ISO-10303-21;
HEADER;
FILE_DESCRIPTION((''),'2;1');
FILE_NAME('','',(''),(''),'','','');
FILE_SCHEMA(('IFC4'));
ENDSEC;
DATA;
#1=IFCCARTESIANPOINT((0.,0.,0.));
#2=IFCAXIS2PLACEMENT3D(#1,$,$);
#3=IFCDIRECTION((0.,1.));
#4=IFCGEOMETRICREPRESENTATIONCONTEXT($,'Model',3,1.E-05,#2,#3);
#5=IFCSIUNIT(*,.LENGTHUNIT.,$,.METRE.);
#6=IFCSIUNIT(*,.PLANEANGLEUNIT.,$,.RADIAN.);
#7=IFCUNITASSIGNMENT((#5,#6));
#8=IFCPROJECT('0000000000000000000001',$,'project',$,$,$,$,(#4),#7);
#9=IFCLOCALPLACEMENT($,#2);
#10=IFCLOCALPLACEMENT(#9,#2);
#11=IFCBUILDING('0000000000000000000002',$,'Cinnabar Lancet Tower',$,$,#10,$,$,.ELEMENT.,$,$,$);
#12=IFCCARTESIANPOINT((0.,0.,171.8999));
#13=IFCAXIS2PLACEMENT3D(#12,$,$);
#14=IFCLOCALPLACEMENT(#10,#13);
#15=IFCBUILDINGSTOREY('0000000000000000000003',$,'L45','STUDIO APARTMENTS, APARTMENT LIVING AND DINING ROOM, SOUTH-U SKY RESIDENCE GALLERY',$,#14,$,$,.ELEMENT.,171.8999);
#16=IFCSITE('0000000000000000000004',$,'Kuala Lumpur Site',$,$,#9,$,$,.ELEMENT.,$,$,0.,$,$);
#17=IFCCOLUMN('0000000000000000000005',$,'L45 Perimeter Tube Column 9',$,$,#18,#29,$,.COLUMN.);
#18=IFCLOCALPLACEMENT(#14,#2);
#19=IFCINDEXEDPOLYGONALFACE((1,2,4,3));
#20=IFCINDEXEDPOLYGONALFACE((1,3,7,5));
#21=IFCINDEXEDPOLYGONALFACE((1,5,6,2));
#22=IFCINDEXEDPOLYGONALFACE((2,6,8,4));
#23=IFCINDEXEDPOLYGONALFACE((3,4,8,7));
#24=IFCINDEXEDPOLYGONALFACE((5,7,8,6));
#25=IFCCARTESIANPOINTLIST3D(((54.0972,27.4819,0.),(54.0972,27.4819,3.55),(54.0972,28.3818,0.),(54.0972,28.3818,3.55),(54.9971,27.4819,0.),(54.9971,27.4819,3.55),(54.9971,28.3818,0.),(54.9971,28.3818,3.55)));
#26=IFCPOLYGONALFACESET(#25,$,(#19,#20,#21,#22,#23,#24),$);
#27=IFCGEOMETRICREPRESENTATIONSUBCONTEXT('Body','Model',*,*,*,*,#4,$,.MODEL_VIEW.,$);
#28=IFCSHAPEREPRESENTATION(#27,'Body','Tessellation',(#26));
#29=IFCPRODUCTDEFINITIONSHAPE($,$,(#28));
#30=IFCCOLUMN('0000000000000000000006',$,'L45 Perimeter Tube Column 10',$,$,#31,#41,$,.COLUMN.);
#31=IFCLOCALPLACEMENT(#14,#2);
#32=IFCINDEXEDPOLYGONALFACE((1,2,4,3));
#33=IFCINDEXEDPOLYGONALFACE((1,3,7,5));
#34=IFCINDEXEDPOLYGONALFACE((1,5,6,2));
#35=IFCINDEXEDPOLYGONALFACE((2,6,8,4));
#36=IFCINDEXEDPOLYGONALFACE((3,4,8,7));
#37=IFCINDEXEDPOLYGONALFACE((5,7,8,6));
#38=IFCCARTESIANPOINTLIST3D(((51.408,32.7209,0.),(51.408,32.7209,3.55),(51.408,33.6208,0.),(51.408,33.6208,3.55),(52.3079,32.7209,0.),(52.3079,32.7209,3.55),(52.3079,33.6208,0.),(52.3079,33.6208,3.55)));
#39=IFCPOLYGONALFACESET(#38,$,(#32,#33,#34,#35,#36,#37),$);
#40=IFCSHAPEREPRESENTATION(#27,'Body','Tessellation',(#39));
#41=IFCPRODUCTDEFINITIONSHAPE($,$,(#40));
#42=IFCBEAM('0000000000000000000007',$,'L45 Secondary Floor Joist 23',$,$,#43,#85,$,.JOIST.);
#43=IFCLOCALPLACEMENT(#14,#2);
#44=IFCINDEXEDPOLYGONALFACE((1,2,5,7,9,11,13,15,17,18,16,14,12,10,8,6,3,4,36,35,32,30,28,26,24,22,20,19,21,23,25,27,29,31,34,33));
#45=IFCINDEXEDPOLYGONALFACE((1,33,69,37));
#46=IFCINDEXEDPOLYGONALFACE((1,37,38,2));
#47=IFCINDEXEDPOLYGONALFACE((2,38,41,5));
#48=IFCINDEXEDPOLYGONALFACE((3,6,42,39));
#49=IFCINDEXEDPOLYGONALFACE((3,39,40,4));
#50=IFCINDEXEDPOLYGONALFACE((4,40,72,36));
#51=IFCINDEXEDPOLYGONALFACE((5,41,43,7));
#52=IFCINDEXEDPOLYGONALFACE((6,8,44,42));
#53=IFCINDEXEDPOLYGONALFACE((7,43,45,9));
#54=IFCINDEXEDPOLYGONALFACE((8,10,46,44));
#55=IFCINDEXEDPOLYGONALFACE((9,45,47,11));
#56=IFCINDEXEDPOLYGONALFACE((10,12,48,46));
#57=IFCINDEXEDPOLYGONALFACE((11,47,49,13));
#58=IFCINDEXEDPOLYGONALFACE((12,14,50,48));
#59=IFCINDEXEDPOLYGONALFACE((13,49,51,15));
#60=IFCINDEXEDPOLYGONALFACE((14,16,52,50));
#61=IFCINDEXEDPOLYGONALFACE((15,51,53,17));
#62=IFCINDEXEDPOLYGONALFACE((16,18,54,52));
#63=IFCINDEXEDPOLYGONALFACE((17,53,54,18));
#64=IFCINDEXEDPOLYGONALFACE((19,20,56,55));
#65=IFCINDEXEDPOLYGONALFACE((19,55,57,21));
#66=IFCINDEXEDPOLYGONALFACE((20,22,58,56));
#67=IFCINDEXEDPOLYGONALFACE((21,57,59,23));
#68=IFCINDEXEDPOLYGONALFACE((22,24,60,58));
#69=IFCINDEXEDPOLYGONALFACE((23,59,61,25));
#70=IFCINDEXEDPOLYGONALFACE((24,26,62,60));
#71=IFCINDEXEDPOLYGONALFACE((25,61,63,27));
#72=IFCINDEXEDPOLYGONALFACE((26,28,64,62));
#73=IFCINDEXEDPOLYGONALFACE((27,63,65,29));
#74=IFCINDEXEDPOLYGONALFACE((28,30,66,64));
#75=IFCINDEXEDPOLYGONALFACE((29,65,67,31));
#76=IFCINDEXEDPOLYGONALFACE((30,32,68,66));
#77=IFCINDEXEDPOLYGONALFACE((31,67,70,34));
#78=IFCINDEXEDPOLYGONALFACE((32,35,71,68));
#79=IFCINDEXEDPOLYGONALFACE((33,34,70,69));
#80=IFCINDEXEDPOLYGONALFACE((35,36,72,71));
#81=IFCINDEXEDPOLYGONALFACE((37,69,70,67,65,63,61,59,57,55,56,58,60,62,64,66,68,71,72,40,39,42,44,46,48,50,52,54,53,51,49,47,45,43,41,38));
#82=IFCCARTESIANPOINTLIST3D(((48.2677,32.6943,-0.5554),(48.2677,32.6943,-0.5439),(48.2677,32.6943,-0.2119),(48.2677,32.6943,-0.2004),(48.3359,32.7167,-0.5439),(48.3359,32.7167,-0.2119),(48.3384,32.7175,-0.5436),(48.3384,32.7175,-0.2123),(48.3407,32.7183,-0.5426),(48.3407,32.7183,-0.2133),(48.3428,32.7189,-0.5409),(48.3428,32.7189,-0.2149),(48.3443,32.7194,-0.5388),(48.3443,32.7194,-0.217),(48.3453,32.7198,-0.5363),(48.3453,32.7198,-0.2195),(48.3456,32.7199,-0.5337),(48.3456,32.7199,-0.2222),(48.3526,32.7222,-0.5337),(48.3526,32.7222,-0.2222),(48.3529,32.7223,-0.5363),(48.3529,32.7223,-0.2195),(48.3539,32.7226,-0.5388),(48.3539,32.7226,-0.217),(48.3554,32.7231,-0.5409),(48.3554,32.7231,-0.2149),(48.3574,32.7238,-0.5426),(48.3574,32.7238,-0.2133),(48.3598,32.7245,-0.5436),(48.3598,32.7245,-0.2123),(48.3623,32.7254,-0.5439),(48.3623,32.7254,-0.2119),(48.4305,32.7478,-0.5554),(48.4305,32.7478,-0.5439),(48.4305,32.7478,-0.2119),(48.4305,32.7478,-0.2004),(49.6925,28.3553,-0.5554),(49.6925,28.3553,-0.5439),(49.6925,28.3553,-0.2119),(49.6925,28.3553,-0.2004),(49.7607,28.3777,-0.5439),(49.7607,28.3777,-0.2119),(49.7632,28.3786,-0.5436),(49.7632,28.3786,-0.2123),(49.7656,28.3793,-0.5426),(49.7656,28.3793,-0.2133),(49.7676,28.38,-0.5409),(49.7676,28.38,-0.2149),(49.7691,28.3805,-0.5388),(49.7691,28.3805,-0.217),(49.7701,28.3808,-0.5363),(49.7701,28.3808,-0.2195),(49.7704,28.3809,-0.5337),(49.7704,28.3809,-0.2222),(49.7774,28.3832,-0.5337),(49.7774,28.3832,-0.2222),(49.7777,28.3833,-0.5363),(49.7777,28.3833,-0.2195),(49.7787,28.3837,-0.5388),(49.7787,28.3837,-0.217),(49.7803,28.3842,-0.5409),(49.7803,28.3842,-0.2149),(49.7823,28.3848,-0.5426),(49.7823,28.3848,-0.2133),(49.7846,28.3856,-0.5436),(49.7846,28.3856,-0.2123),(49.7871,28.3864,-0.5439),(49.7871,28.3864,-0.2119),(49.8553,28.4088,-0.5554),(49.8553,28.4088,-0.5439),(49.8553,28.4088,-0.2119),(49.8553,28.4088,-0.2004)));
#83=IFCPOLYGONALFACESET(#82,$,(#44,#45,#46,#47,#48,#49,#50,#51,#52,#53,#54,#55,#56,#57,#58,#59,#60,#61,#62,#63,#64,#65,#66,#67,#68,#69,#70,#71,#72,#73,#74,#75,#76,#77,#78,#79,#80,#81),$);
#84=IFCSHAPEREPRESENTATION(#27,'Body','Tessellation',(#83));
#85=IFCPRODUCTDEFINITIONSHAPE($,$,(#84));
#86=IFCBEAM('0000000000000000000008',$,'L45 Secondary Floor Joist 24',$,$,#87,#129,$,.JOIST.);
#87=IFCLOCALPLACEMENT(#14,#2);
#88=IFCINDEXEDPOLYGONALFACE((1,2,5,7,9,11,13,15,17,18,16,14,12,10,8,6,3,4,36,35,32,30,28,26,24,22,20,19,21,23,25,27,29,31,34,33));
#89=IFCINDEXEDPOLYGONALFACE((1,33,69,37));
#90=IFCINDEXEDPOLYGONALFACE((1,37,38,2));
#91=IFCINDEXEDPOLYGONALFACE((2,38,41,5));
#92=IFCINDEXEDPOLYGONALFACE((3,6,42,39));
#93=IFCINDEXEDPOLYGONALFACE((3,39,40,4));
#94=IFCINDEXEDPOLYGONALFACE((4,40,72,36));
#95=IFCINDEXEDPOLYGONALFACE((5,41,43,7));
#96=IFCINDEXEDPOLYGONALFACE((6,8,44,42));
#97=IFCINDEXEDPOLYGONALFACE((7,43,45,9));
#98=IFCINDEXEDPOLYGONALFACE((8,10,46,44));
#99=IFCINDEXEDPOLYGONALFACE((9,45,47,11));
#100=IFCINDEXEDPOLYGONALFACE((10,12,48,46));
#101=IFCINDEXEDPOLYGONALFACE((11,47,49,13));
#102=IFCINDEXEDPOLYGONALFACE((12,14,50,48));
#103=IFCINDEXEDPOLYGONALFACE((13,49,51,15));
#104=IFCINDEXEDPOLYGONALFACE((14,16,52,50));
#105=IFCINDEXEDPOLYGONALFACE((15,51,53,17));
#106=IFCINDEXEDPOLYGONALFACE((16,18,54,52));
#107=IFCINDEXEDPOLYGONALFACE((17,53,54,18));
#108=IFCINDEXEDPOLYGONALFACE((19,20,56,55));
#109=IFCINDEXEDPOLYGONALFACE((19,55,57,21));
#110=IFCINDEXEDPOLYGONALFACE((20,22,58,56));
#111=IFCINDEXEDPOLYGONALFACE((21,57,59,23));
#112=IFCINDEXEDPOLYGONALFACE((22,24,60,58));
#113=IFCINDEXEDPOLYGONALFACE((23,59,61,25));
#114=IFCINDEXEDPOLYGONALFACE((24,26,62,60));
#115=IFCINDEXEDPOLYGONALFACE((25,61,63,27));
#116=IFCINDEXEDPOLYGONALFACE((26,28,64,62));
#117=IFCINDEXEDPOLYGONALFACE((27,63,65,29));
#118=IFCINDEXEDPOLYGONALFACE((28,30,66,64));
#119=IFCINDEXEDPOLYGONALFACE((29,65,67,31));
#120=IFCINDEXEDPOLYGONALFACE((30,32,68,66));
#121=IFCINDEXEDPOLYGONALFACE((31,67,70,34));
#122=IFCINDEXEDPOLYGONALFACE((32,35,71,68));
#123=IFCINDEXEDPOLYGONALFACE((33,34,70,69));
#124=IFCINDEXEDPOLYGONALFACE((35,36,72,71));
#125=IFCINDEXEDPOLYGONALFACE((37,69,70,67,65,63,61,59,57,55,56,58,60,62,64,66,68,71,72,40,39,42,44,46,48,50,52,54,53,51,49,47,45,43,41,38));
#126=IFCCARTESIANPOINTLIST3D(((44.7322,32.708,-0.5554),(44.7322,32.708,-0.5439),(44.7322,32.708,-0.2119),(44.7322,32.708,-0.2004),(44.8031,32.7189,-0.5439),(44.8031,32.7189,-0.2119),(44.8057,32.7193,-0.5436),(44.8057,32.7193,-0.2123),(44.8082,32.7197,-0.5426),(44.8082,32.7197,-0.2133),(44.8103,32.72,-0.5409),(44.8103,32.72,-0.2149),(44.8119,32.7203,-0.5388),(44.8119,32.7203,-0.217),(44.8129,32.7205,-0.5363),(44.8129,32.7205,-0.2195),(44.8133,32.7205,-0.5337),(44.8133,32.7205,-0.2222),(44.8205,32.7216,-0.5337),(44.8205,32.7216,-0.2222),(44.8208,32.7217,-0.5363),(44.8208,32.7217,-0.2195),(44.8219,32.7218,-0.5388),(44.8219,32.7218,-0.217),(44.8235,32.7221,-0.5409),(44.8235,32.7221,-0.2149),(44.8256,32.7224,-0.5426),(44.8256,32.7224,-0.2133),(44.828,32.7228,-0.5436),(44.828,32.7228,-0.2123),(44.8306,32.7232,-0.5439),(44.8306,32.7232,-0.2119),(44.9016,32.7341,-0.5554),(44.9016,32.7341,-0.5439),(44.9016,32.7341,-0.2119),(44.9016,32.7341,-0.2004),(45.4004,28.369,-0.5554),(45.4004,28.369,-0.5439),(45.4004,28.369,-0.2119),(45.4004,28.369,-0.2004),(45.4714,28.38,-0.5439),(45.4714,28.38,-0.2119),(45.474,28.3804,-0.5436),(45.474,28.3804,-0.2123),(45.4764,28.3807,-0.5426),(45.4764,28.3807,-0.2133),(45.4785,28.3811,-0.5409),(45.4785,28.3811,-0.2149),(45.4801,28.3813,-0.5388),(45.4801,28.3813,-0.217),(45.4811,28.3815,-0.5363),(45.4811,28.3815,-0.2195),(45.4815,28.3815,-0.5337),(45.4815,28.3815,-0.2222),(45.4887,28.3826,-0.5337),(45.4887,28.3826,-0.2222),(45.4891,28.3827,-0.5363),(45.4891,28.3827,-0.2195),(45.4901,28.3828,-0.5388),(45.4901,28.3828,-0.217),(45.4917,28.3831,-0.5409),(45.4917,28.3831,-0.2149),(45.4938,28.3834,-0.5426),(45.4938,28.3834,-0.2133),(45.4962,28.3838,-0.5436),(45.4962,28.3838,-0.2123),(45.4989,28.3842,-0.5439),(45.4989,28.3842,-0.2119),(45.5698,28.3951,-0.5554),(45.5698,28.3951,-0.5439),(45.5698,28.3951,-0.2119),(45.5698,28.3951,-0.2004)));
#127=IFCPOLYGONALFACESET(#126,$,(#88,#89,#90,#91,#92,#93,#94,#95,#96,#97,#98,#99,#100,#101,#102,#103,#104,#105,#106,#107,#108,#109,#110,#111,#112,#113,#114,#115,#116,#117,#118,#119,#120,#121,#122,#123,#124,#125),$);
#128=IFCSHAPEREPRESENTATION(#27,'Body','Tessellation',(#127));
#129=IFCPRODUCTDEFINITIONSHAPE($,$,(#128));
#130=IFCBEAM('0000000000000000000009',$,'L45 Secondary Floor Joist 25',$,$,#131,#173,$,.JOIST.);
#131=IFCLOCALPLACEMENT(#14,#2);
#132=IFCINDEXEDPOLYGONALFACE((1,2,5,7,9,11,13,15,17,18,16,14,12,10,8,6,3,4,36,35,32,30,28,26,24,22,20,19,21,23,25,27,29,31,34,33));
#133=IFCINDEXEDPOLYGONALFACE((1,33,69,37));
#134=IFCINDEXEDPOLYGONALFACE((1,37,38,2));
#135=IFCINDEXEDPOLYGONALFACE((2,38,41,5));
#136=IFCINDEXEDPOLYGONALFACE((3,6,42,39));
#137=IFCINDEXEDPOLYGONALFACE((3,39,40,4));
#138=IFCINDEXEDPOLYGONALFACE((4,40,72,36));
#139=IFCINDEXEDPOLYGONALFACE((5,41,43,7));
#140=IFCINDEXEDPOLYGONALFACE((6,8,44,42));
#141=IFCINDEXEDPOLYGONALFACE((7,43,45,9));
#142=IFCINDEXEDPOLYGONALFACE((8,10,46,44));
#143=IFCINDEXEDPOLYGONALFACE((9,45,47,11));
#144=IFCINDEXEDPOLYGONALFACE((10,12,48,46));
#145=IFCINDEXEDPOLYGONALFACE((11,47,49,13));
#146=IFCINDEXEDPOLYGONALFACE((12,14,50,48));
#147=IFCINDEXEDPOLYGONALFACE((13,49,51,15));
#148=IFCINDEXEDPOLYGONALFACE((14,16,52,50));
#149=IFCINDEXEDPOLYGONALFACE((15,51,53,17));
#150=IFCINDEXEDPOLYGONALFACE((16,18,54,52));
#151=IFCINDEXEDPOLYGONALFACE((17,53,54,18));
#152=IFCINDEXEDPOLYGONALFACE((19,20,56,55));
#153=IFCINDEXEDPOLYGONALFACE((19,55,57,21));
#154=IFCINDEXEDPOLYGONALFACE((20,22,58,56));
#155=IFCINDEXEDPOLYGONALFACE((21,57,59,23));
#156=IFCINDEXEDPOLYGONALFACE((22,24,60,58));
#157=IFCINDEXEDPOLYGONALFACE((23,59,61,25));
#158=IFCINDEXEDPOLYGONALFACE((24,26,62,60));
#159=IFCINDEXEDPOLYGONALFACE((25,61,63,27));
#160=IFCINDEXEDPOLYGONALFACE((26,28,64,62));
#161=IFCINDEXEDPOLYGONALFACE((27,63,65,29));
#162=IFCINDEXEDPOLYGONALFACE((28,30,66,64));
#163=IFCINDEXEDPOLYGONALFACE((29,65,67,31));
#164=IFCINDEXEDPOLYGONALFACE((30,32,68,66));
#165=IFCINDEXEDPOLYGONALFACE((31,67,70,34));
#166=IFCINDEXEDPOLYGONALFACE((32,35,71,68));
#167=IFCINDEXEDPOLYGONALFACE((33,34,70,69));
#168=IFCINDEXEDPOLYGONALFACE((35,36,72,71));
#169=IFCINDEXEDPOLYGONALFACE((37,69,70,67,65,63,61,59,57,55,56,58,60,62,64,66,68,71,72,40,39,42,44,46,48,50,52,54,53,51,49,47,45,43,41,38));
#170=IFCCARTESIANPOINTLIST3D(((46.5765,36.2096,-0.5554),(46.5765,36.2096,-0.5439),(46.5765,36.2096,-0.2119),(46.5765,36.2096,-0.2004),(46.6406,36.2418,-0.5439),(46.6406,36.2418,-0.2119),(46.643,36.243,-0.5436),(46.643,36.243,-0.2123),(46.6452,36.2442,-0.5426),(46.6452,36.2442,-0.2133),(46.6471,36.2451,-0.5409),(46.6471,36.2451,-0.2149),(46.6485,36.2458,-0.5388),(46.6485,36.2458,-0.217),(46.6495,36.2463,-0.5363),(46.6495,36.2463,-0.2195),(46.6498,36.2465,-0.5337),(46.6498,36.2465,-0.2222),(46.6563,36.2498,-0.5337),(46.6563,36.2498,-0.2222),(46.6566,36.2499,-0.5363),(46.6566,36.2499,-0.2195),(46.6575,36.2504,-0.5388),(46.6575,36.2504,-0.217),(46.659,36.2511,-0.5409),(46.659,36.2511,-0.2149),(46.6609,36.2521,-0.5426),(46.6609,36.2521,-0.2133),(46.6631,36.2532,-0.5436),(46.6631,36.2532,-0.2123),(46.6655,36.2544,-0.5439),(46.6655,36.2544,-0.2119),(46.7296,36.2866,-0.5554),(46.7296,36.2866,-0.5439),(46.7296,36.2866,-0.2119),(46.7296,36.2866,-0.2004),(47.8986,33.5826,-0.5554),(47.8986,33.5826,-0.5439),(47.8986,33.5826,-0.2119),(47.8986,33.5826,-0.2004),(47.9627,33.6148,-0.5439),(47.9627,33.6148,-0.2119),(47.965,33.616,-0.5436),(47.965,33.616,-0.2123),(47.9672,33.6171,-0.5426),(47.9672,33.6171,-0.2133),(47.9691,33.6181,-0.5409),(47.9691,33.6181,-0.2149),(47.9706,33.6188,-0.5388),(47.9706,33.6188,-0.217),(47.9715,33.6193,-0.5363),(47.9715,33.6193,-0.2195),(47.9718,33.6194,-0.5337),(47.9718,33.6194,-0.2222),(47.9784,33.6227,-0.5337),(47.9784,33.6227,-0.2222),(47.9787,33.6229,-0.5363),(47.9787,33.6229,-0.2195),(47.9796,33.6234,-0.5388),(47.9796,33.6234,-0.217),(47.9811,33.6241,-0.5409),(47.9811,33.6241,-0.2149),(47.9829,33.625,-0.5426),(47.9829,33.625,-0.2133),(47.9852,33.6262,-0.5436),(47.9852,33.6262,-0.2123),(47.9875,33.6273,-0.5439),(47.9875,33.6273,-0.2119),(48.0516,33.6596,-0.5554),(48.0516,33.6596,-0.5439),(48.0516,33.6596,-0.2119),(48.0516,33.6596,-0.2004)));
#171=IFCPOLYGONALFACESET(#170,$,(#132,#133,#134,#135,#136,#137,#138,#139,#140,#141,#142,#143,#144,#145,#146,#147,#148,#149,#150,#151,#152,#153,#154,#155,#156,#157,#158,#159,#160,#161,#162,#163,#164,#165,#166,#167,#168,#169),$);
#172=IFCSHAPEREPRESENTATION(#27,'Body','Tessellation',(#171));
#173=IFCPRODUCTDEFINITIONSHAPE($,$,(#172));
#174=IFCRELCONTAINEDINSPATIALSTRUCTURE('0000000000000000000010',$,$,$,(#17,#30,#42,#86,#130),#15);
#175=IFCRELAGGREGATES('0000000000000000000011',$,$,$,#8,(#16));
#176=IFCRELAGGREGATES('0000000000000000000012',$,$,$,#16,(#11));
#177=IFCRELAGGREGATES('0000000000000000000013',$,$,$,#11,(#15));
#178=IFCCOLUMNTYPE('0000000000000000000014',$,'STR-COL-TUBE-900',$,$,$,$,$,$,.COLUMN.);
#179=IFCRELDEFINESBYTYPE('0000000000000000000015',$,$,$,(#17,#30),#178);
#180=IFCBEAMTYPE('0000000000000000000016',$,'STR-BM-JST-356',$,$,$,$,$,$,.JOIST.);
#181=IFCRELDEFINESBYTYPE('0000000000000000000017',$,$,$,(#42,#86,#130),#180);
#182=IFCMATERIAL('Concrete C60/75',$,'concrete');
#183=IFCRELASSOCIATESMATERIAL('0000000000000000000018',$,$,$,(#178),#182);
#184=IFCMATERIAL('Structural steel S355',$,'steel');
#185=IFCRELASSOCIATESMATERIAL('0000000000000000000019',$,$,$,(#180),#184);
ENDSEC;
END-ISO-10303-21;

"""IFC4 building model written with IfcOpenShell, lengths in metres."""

from ifc_helpers import new_model, si_unit, direction, frame, origin, origin_2d, place, context, subcontext, project, spatial, rectangle, i_section, extrude, material, material_profile, profile_set, type_object, element, save


model = new_model("IFC4")

# Units and contexts
model_context = context("Model", 3, precision=1e-05, world=origin(), true_north=direction((0.0, 1.0)))
body_context = subcontext(model_context, "Body", "Model", "MODEL_VIEW")
ifc_project = project(units=[si_unit("LENGTHUNIT", "METRE"), si_unit("PLANEANGLEUNIT", "RADIAN")], contexts=[model_context])

# Site, building, storey
site_placement = place(None, origin())
site = spatial("IfcSite", under=ifc_project, at=site_placement, Name="Kuala Lumpur Site", CompositionType="ELEMENT", RefElevation=0.0)
building_placement = place(site_placement, origin())
building = spatial("IfcBuilding", under=site, at=building_placement, Name="Cinnabar Lancet Tower", CompositionType="ELEMENT")
storey_placement = place(building_placement, frame((0.0, 0.0, 171.8999)))
storey = spatial("IfcBuildingStorey", under=building, at=storey_placement, Name="L45", Description="STUDIO APARTMENTS, APARTMENT LIVING AND DINING ROOM, SOUTH-U SKY RESIDENCE GALLERY", CompositionType="ELEMENT", Elevation=171.8999)

# Columns
ifc_material_1 = material(Name="Concrete C60/75", Category="concrete")
ifc_material_profile_1 = material_profile(ifc_material_1, rectangle(XDim=0.8999, YDim=0.8999, at=origin_2d()), Name="RC-COL 900x900")
ifc_profile_set_1 = profile_set([ifc_material_profile_1], Name="Concrete C60/75")
column_type = type_object("IfcColumnType", Name="STR-COL-TUBE-900", PredefinedType="COLUMN", material=ifc_profile_set_1)
for number, where, z_axis, x_axis, name in (
    (1, (54.5471, 27.9319, 0.0), (0.0, 0.0, 1.0), (1.0, 0.0, 0.0), "L45 Perimeter Tube Column 9"),
    (2, (51.8579, 33.1709, 0.0), (0.0, 0.0, 1.0), (1.0, 0.0, 0.0), "L45 Perimeter Tube Column 10"),
):
    element("IfcColumn", number, at=place(storey_placement, frame(where, z_axis=z_axis, x_axis=x_axis)), inside=storey, type_object=column_type, Name=name, PredefinedType="COLUMN", context=body_context, shape_type="SweptSolid", body=[
        extrude(rectangle(XDim=0.8999, YDim=0.8999, at=origin_2d()), origin(), (0.0, 0.0, 1.0), 3.55),
    ])

# Beams
ifc_material_2 = material(Name="Structural steel S355", Category="steel")
ifc_material_profile_2 = material_profile(ifc_material_2, i_section(OverallWidth=0.1714, OverallDepth=0.355, WebThickness=0.0073, FlangeThickness=0.0115, FilletRadius=0.0103, at=origin_2d()), Name="UKB 356x171x51")
ifc_profile_set_2 = profile_set([ifc_material_profile_2], Name="Structural steel S355")
beam_type_1 = type_object("IfcBeamType", Name="STR-BM-JST-356", PredefinedType="JOIST", material=ifc_profile_set_2)
beam_1_placement = place(storey_placement, frame((49.7739, 28.3821, -0.3779), z_axis=(-0.311991, 0.950085, 0.0), x_axis=(-0.950085, -0.311991, 0.0)))
element("IfcBeam", 3, at=beam_1_placement, inside=storey, type_object=beam_type_1, Name="L45 Secondary Floor Joist 23", PredefinedType="JOIST", context=body_context, shape_type="SweptSolid", body=[
    extrude(i_section(OverallWidth=0.1714, OverallDepth=0.355, WebThickness=0.0073, FlangeThickness=0.0115, FilletRadius=0.0103, at=origin_2d()), origin(), (0.0, 0.0, 1.0), 4.5669),
])
beam_2_placement = place(storey_placement, frame((45.4851, 28.3821, -0.3779), z_axis=(-0.152212, 0.988348, 0.0), x_axis=(-0.988348, -0.152212, 0.0)))
element("IfcBeam", 4, at=beam_2_placement, inside=storey, type_object=beam_type_1, Name="L45 Secondary Floor Joist 24", PredefinedType="JOIST", context=body_context, shape_type="SweptSolid", body=[
    extrude(i_section(OverallWidth=0.1714, OverallDepth=0.355, WebThickness=0.0073, FlangeThickness=0.0115, FilletRadius=0.0103, at=origin_2d()), origin(), (0.0, 0.0, 1.0), 4.3901),
])
beam_3_placement = place(storey_placement, frame((47.9751, 33.6211, -0.3779), z_axis=(-0.449537, 0.893262, 0.0), x_axis=(-0.893262, -0.449537, 0.0)))
element("IfcBeam", 5, at=beam_3_placement, inside=storey, type_object=beam_type_1, Name="L45 Secondary Floor Joist 25", PredefinedType="JOIST", context=body_context, shape_type="SweptSolid", body=[
    extrude(i_section(OverallWidth=0.1714, OverallDepth=0.355, WebThickness=0.0073, FlangeThickness=0.0115, FilletRadius=0.0103, at=origin_2d()), origin(), (0.0, 0.0, 1.0), 2.9409),
])

save(model, "model.ifc")
